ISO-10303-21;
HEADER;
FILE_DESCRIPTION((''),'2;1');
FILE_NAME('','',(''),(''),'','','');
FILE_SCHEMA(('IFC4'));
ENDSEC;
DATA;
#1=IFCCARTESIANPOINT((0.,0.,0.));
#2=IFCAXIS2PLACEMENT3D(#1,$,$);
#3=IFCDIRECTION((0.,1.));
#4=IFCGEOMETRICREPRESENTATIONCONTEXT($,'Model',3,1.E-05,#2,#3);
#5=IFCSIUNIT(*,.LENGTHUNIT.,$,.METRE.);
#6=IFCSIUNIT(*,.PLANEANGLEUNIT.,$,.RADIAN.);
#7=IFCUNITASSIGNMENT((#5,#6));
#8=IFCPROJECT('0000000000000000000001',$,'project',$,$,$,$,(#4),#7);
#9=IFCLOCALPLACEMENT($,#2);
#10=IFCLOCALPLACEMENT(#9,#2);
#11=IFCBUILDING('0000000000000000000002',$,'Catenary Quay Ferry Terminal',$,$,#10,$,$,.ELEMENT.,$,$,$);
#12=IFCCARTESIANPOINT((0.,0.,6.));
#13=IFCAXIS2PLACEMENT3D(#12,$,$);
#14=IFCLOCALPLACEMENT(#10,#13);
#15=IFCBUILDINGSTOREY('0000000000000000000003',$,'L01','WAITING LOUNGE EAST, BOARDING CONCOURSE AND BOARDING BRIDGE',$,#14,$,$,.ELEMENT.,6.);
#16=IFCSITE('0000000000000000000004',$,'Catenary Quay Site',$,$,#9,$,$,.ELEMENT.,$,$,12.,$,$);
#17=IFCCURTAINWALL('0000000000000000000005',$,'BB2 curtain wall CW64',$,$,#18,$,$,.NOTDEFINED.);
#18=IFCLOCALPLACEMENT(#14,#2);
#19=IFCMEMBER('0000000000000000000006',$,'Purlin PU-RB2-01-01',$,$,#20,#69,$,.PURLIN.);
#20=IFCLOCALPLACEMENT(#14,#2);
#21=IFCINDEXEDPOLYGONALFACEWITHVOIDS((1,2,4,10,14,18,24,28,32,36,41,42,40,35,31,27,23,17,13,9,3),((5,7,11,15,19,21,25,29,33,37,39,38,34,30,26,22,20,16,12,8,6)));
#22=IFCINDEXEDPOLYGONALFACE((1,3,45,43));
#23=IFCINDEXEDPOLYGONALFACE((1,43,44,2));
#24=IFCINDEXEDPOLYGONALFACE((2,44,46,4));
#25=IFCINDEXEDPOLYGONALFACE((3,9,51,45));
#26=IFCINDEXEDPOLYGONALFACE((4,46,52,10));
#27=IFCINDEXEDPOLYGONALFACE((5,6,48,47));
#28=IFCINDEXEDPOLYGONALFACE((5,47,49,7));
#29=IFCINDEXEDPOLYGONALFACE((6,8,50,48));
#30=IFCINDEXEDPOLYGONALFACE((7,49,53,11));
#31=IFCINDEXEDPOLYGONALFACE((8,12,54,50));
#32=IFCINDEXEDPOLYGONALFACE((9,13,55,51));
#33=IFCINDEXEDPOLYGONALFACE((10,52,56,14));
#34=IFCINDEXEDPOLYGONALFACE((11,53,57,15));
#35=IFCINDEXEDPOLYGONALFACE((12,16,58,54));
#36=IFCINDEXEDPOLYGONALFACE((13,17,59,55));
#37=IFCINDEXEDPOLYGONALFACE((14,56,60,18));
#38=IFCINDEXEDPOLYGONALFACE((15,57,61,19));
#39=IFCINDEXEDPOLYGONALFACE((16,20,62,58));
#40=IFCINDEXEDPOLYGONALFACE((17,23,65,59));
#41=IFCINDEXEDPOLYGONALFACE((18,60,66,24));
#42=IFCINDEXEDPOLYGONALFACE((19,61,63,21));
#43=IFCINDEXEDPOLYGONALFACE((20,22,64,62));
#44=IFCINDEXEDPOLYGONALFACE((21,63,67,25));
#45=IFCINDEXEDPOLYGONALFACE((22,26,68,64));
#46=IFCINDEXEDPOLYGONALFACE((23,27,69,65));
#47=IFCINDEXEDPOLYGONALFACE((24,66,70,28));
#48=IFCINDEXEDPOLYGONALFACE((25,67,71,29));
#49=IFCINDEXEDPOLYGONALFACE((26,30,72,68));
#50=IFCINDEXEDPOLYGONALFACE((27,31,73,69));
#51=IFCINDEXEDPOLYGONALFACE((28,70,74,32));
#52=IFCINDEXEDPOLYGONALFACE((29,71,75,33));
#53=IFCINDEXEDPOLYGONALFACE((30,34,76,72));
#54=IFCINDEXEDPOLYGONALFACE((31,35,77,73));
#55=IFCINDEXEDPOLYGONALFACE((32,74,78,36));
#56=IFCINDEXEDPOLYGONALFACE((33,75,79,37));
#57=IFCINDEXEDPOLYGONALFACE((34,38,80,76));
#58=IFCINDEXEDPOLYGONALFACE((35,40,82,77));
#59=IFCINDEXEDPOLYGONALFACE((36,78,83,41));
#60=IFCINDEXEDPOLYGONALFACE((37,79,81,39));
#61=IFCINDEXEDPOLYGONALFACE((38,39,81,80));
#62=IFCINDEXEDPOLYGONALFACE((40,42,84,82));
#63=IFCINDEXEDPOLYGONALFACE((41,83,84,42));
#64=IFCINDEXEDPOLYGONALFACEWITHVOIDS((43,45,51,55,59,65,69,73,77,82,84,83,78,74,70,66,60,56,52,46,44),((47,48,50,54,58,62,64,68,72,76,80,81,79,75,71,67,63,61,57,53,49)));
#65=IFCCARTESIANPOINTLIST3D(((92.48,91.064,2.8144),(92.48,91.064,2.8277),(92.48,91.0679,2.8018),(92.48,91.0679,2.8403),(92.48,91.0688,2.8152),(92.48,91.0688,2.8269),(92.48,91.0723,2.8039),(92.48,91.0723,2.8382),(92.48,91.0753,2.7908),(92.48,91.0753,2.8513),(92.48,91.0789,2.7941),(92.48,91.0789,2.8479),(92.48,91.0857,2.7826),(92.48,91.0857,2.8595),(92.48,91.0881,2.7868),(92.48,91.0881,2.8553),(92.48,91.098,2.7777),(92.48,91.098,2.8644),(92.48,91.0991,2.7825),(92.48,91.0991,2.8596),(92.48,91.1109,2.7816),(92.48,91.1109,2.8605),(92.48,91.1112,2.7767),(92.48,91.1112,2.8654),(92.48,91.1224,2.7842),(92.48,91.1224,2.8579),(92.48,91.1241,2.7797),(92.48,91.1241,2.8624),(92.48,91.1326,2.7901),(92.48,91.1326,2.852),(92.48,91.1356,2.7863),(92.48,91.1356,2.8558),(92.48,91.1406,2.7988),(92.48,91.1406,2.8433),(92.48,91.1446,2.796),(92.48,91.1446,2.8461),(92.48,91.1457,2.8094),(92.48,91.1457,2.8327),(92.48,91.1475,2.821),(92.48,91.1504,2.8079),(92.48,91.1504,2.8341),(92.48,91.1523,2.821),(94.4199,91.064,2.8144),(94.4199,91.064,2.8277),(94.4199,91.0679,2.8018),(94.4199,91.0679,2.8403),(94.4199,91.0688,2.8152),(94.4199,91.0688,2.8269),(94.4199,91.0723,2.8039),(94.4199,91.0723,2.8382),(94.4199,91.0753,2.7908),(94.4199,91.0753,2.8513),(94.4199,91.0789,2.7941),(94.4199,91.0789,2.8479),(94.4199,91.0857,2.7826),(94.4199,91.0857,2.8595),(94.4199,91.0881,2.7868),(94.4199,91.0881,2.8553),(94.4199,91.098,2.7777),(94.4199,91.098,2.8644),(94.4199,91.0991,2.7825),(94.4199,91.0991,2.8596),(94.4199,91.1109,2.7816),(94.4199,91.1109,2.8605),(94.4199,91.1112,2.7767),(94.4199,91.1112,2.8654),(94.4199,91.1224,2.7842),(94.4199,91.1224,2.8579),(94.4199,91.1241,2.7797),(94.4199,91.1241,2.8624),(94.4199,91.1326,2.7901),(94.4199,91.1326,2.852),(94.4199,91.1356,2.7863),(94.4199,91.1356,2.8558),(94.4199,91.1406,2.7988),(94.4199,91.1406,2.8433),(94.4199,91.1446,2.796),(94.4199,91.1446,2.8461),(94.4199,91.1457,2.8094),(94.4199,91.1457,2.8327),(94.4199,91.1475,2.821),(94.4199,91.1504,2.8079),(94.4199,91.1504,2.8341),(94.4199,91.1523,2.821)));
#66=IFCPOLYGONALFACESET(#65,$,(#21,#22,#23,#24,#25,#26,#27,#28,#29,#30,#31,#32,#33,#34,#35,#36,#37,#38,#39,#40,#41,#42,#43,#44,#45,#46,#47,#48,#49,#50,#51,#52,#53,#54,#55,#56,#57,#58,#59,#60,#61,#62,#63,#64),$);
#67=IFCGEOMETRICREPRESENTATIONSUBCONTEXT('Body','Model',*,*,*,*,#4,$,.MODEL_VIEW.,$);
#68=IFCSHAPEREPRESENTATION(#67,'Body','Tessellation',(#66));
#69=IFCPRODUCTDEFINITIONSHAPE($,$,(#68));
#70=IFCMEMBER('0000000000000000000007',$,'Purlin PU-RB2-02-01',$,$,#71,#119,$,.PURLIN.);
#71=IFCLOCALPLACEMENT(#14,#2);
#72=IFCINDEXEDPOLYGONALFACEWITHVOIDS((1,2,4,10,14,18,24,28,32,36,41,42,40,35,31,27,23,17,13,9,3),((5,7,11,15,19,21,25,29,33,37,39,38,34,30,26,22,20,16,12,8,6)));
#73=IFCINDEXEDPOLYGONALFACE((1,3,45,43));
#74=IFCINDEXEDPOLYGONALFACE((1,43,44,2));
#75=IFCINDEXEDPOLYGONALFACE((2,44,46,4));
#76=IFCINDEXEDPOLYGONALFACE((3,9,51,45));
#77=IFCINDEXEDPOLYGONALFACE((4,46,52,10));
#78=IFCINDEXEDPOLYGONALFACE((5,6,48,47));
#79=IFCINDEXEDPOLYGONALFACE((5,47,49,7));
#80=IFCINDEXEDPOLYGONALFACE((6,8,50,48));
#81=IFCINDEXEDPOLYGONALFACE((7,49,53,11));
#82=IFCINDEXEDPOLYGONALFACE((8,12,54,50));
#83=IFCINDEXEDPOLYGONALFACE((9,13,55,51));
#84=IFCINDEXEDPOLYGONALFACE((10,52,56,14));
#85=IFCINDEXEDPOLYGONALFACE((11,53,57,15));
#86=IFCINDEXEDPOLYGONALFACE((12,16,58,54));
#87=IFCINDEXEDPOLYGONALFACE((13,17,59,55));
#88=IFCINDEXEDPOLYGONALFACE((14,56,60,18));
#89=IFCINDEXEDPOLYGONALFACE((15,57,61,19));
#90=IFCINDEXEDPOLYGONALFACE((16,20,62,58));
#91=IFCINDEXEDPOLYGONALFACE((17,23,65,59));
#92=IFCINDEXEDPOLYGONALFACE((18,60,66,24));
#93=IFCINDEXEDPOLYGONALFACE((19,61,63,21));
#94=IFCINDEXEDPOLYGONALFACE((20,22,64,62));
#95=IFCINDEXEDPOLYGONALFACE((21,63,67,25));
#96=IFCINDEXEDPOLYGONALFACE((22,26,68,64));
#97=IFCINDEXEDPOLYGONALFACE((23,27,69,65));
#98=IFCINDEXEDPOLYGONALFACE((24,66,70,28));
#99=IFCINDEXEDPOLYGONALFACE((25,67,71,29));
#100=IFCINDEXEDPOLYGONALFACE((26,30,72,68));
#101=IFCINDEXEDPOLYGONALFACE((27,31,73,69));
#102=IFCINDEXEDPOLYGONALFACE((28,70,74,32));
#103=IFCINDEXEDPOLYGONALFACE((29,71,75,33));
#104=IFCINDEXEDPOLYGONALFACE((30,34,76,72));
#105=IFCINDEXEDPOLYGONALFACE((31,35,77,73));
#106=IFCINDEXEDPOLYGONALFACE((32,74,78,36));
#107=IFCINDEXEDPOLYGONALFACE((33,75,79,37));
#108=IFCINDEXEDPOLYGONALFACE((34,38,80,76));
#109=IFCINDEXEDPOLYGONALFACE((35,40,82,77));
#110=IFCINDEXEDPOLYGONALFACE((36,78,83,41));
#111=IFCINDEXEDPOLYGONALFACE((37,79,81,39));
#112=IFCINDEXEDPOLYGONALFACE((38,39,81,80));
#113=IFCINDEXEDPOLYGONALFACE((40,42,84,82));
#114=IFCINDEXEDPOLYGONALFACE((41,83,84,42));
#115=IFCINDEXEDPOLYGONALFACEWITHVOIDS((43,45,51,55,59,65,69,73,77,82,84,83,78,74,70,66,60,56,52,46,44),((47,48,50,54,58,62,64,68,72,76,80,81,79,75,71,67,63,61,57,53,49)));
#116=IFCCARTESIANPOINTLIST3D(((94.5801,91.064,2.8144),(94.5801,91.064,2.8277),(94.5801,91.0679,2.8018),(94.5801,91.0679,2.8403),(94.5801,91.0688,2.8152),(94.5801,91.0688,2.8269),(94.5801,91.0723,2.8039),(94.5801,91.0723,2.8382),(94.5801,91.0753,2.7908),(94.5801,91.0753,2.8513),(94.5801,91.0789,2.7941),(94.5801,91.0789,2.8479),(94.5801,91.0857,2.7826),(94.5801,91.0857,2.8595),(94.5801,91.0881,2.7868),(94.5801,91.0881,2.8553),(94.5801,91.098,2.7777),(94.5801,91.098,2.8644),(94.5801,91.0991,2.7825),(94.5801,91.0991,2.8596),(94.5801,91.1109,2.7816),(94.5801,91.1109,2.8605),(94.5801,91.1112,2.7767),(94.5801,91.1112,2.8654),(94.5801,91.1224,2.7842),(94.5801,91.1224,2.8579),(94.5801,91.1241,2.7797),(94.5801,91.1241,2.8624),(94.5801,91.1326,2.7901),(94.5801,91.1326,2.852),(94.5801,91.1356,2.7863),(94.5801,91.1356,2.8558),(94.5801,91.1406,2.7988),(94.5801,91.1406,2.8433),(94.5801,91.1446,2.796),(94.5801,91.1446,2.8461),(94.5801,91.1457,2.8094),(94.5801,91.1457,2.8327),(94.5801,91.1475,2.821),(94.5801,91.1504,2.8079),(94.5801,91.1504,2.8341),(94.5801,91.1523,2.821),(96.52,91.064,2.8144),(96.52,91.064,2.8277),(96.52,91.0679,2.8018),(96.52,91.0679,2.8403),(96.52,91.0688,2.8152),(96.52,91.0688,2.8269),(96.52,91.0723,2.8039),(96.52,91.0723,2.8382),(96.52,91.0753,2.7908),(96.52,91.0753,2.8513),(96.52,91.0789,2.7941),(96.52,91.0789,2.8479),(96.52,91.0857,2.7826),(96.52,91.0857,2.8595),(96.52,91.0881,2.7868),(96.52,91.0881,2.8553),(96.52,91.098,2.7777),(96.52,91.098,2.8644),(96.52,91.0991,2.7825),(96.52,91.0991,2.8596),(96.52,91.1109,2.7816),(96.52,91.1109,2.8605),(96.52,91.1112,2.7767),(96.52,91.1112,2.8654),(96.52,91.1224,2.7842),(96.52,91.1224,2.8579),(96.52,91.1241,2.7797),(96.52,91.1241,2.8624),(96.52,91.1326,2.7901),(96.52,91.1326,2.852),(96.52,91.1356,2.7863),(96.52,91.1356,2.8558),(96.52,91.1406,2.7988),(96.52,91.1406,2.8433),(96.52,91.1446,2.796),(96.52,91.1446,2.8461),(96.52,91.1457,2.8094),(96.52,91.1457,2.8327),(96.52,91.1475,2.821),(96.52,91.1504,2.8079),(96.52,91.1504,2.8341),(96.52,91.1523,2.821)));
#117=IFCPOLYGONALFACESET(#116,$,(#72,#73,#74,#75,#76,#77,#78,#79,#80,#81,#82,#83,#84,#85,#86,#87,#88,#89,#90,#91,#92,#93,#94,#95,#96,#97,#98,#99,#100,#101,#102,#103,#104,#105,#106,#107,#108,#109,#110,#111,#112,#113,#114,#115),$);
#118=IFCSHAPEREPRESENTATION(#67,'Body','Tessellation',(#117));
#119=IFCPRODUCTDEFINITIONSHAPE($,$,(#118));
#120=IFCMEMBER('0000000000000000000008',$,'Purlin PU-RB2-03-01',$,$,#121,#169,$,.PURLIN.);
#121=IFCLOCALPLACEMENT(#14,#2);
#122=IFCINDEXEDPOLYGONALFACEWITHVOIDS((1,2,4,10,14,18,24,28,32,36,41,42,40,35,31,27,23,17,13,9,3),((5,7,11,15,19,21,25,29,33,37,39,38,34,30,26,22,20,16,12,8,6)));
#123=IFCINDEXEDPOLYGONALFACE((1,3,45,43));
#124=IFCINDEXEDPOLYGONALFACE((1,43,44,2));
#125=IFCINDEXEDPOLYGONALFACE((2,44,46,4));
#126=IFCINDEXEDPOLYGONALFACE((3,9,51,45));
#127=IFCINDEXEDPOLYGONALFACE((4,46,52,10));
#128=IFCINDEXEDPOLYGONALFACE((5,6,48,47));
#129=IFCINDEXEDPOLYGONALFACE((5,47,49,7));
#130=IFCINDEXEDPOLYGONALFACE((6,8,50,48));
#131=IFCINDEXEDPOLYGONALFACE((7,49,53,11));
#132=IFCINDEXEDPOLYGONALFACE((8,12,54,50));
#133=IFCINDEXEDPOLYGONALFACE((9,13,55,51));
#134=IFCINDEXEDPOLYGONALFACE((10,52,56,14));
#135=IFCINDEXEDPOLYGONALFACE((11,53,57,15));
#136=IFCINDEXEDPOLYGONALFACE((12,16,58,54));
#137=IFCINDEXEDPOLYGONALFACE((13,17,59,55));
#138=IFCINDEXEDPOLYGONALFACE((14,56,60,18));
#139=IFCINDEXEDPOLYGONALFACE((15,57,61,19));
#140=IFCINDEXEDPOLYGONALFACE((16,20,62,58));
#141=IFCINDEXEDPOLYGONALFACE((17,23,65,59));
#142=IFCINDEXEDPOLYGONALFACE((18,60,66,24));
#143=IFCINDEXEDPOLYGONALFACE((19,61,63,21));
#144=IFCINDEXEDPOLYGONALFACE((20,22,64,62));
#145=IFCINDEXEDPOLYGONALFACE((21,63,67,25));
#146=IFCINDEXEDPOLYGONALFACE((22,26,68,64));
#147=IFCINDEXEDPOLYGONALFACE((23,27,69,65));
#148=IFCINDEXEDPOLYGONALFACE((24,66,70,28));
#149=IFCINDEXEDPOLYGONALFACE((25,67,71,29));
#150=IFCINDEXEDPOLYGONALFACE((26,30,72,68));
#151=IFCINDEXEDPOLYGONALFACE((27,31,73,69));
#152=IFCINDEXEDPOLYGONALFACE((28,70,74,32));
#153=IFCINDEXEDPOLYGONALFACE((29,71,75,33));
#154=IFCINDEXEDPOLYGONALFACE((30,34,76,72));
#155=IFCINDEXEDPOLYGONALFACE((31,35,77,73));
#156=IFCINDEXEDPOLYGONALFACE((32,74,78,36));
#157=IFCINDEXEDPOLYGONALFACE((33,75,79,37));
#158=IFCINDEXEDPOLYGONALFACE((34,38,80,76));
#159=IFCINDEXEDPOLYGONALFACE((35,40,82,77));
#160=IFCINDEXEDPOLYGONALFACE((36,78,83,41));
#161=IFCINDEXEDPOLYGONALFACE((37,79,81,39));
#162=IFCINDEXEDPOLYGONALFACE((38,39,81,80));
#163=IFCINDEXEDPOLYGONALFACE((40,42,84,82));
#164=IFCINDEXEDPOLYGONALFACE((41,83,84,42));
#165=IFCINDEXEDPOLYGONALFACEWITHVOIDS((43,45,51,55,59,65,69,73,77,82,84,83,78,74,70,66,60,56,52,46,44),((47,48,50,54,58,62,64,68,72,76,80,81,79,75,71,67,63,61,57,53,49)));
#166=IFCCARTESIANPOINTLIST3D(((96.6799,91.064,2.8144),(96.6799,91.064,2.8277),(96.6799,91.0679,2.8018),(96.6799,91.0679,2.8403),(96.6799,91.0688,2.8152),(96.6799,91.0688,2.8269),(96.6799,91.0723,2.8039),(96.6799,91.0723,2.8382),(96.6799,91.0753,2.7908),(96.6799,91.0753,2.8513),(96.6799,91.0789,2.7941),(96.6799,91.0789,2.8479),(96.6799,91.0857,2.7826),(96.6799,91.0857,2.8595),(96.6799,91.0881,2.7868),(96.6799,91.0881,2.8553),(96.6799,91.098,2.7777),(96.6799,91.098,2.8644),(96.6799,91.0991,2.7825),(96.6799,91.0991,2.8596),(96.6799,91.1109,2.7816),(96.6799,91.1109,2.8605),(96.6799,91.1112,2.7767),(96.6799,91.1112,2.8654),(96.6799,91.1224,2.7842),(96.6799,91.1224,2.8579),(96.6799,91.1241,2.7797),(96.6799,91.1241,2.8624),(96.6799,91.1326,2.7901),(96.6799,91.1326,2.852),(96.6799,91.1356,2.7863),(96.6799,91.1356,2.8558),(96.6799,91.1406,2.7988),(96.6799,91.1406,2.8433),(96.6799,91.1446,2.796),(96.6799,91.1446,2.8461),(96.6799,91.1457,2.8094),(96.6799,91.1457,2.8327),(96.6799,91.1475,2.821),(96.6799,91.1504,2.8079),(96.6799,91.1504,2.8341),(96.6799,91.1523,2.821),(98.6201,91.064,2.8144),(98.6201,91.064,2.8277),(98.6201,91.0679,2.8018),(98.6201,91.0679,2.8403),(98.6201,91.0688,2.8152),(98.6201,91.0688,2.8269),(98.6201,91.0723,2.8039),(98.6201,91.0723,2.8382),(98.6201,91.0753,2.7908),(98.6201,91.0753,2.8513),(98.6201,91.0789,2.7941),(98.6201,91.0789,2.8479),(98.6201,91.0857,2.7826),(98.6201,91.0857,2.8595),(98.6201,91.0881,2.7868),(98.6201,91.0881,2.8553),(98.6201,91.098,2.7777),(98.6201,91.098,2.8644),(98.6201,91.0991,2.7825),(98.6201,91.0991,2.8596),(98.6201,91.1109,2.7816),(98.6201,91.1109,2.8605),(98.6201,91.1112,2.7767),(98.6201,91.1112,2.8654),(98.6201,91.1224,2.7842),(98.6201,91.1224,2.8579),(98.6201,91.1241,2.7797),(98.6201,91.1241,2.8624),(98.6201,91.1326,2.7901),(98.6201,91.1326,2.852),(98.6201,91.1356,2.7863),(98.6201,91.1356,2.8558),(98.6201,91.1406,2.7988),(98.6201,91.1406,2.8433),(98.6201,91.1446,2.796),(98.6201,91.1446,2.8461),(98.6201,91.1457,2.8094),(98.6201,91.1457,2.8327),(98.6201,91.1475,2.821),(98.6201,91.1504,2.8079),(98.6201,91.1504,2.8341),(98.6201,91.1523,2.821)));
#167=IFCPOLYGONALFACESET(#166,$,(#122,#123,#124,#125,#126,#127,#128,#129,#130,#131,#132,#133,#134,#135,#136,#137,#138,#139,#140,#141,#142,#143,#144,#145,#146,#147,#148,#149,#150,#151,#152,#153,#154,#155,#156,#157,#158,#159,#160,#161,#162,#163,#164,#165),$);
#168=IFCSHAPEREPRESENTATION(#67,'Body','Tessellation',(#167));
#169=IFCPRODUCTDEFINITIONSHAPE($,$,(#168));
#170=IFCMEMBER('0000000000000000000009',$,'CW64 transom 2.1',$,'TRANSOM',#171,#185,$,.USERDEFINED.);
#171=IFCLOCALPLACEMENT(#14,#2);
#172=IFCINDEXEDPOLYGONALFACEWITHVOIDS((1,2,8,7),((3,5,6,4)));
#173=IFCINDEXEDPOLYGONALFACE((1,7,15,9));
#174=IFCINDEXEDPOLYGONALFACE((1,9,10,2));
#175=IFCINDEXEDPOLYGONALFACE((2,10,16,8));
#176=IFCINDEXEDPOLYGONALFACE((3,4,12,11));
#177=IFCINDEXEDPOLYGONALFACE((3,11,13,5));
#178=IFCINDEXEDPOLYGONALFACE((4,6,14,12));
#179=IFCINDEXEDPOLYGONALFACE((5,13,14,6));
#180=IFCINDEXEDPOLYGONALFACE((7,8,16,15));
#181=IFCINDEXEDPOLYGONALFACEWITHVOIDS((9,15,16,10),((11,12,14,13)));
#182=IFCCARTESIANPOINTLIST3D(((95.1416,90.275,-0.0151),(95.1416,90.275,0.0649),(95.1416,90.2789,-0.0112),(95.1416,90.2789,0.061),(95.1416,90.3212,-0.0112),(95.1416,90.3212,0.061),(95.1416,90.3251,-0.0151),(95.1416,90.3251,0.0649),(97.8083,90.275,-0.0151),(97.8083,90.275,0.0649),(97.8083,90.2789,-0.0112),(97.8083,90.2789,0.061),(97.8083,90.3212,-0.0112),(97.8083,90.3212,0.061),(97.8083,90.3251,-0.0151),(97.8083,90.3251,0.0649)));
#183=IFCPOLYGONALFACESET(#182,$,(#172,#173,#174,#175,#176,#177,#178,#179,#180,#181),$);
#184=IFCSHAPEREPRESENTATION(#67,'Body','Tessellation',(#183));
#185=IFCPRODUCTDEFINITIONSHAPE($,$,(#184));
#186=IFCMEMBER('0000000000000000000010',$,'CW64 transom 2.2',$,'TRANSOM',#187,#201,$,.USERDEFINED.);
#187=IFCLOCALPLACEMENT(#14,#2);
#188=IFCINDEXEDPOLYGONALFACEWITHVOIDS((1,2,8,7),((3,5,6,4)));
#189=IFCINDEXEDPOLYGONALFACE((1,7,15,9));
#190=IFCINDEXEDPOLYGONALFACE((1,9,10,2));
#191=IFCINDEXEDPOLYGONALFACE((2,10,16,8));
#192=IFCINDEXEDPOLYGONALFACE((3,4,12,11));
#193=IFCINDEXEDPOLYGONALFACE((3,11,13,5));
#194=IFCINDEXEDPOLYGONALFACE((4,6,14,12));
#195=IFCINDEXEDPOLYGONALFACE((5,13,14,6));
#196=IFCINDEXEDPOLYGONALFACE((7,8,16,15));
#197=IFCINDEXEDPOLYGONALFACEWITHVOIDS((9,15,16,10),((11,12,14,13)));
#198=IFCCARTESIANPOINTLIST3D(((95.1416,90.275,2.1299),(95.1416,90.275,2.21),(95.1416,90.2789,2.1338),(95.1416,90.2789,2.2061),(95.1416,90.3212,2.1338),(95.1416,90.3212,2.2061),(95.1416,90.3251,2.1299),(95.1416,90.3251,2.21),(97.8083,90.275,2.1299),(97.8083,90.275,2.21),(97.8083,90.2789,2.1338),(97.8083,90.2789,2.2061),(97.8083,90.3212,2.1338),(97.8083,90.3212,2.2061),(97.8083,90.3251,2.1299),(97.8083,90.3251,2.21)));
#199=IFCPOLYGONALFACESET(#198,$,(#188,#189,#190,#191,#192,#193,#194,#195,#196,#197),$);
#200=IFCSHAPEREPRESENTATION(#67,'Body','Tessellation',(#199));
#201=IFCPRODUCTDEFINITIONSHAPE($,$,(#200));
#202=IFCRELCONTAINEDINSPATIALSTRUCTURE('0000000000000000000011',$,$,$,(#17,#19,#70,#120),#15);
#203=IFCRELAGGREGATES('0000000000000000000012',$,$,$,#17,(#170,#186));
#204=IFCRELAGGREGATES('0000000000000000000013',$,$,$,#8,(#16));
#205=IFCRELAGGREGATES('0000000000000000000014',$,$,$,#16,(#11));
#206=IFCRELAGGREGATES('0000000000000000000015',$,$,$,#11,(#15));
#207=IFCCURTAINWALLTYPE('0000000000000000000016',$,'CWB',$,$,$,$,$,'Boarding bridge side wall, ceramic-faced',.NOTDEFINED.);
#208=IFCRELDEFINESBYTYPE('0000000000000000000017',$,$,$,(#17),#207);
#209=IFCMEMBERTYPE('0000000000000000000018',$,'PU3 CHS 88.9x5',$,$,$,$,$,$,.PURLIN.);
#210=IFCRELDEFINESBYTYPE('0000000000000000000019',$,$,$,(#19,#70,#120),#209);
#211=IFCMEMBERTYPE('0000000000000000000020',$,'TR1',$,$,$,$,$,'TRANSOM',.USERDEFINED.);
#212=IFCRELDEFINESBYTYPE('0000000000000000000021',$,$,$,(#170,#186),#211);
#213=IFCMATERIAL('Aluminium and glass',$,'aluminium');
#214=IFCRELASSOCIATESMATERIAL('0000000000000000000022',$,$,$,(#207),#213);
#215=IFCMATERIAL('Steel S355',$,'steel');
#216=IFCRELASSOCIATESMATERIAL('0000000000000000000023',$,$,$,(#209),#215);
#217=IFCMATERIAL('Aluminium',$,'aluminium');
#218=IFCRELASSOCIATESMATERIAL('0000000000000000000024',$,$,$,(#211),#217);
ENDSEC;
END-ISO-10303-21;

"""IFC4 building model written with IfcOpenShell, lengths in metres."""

from ifc_helpers import new_model, si_unit, direction, frame, origin, origin_2d, place, context, subcontext, project, spatial, hollow_rectangle, hollow_circle, extrude, material, material_profile, profile_set, type_object, element, aggregate, save


model = new_model("IFC4")

# Units and contexts
model_context = context("Model", 3, precision=1e-05, world=origin(), true_north=direction((0.0, 1.0)))
body_context = subcontext(model_context, "Body", "Model", "MODEL_VIEW")
ifc_project = project(units=[si_unit("LENGTHUNIT", "METRE"), si_unit("PLANEANGLEUNIT", "RADIAN")], contexts=[model_context])

# Site, building, storey
site_placement = place(None, origin())
site = spatial("IfcSite", under=ifc_project, at=site_placement, Name="Catenary Quay Site", CompositionType="ELEMENT", RefElevation=12.0)
building_placement = place(site_placement, origin())
building = spatial("IfcBuilding", under=site, at=building_placement, Name="Catenary Quay Ferry Terminal", CompositionType="ELEMENT")
storey_placement = place(building_placement, frame((0.0, 0.0, 6.0)))
storey = spatial("IfcBuildingStorey", under=building, at=storey_placement, Name="L01", Description="WAITING LOUNGE EAST, BOARDING CONCOURSE AND BOARDING BRIDGE", CompositionType="ELEMENT", Elevation=6.0)

# Curtain wall
ifc_material_1 = material(Name="Aluminium and glass", Category="aluminium")
curtain_wall_type = type_object("IfcCurtainWallType", Name="CWB", ElementType="Boarding bridge side wall, ceramic-faced", PredefinedType="NOTDEFINED", material=ifc_material_1)
curtain_wall_placement = place(storey_placement, origin())
curtain_wall = element("IfcCurtainWall", 1, at=curtain_wall_placement, inside=storey, type_object=curtain_wall_type, Name="BB2 curtain wall CW64", PredefinedType="NOTDEFINED")

# Members
ifc_material_2 = material(Name="Steel S355", Category="steel")
ifc_material_profile_1 = material_profile(ifc_material_2, hollow_circle(Radius=0.0444, WallThickness=0.0049, at=origin_2d()), Name="CHS 88.9x5")
ifc_profile_set_1 = profile_set([ifc_material_profile_1], Name="Steel S355")
member_type_1 = type_object("IfcMemberType", Name="PU3 CHS 88.9x5", PredefinedType="PURLIN", material=ifc_profile_set_1)
for number, where, z_axis, x_axis, name in (
    (2, (92.48, 91.1079, 2.821), (1.0, 0.0, 0.0), (0.0, 1.0, 0.0), "Purlin PU-RB2-01-01"),
    (3, (94.5801, 91.1079, 2.821), (1.0, 0.0, 0.0), (0.0, 1.0, 0.0), "Purlin PU-RB2-02-01"),
):
    element("IfcMember", number, at=place(storey_placement, frame(where, z_axis=z_axis, x_axis=x_axis)), inside=storey, type_object=member_type_1, Name=name, PredefinedType="PURLIN", context=body_context, shape_type="SweptSolid", body=[
        extrude(hollow_circle(Radius=0.0444, WallThickness=0.0049, at=origin_2d()), origin(), (0.0, 0.0, 1.0), 1.9399),
    ])
member_1_placement = place(storey_placement, frame((96.6799, 91.1079, 2.821), z_axis=(1.0, 0.0, 0.0), x_axis=(0.0, 1.0, 0.0)))
element("IfcMember", 4, at=member_1_placement, inside=storey, type_object=member_type_1, Name="Purlin PU-RB2-03-01", PredefinedType="PURLIN", context=body_context, shape_type="SweptSolid", body=[
    extrude(hollow_circle(Radius=0.0444, WallThickness=0.0049, at=origin_2d()), origin(), (0.0, 0.0, 1.0), 1.9402),
])

# Members
ifc_material_3 = material(Name="Aluminium", Category="aluminium")
ifc_material_profile_2 = material_profile(ifc_material_3, hollow_rectangle(XDim=0.05, YDim=0.0801, WallThickness=0.0039, at=origin_2d()), Name="TR1")
ifc_profile_set_2 = profile_set([ifc_material_profile_2], Name="Aluminium")
member_type_2 = type_object("IfcMemberType", Name="TR1", ElementType="TRANSOM", PredefinedType="USERDEFINED", material=ifc_profile_set_2)
member_2_placement = place(storey_placement, frame((95.1416, 90.3, 0.0249), z_axis=(1.0, 0.0, 0.0), x_axis=(0.0, 1.0, 0.0)))
member_2 = element("IfcMember", 5, at=member_2_placement, type_object=member_type_2, Name="CW64 transom 2.1", ObjectType="TRANSOM", PredefinedType="USERDEFINED", context=body_context, shape_type="SweptSolid", body=[
    extrude(hollow_rectangle(XDim=0.05, YDim=0.0801, WallThickness=0.0039, at=origin_2d()), origin(), (0.0, 0.0, 1.0), 2.6667),
])
member_3_placement = place(storey_placement, frame((95.1416, 90.3, 2.1699), z_axis=(1.0, 0.0, 0.0), x_axis=(0.0, 1.0, 0.0)))
member_3 = element("IfcMember", 6, at=member_3_placement, type_object=member_type_2, Name="CW64 transom 2.2", ObjectType="TRANSOM", PredefinedType="USERDEFINED", context=body_context, shape_type="SweptSolid", body=[
    extrude(hollow_rectangle(XDim=0.05, YDim=0.0801, WallThickness=0.0039, at=origin_2d()), origin(), (0.0, 0.0, 1.0), 2.6667),
])

aggregate(curtain_wall, [member_2, member_3])

save(model, "model.ifc")
